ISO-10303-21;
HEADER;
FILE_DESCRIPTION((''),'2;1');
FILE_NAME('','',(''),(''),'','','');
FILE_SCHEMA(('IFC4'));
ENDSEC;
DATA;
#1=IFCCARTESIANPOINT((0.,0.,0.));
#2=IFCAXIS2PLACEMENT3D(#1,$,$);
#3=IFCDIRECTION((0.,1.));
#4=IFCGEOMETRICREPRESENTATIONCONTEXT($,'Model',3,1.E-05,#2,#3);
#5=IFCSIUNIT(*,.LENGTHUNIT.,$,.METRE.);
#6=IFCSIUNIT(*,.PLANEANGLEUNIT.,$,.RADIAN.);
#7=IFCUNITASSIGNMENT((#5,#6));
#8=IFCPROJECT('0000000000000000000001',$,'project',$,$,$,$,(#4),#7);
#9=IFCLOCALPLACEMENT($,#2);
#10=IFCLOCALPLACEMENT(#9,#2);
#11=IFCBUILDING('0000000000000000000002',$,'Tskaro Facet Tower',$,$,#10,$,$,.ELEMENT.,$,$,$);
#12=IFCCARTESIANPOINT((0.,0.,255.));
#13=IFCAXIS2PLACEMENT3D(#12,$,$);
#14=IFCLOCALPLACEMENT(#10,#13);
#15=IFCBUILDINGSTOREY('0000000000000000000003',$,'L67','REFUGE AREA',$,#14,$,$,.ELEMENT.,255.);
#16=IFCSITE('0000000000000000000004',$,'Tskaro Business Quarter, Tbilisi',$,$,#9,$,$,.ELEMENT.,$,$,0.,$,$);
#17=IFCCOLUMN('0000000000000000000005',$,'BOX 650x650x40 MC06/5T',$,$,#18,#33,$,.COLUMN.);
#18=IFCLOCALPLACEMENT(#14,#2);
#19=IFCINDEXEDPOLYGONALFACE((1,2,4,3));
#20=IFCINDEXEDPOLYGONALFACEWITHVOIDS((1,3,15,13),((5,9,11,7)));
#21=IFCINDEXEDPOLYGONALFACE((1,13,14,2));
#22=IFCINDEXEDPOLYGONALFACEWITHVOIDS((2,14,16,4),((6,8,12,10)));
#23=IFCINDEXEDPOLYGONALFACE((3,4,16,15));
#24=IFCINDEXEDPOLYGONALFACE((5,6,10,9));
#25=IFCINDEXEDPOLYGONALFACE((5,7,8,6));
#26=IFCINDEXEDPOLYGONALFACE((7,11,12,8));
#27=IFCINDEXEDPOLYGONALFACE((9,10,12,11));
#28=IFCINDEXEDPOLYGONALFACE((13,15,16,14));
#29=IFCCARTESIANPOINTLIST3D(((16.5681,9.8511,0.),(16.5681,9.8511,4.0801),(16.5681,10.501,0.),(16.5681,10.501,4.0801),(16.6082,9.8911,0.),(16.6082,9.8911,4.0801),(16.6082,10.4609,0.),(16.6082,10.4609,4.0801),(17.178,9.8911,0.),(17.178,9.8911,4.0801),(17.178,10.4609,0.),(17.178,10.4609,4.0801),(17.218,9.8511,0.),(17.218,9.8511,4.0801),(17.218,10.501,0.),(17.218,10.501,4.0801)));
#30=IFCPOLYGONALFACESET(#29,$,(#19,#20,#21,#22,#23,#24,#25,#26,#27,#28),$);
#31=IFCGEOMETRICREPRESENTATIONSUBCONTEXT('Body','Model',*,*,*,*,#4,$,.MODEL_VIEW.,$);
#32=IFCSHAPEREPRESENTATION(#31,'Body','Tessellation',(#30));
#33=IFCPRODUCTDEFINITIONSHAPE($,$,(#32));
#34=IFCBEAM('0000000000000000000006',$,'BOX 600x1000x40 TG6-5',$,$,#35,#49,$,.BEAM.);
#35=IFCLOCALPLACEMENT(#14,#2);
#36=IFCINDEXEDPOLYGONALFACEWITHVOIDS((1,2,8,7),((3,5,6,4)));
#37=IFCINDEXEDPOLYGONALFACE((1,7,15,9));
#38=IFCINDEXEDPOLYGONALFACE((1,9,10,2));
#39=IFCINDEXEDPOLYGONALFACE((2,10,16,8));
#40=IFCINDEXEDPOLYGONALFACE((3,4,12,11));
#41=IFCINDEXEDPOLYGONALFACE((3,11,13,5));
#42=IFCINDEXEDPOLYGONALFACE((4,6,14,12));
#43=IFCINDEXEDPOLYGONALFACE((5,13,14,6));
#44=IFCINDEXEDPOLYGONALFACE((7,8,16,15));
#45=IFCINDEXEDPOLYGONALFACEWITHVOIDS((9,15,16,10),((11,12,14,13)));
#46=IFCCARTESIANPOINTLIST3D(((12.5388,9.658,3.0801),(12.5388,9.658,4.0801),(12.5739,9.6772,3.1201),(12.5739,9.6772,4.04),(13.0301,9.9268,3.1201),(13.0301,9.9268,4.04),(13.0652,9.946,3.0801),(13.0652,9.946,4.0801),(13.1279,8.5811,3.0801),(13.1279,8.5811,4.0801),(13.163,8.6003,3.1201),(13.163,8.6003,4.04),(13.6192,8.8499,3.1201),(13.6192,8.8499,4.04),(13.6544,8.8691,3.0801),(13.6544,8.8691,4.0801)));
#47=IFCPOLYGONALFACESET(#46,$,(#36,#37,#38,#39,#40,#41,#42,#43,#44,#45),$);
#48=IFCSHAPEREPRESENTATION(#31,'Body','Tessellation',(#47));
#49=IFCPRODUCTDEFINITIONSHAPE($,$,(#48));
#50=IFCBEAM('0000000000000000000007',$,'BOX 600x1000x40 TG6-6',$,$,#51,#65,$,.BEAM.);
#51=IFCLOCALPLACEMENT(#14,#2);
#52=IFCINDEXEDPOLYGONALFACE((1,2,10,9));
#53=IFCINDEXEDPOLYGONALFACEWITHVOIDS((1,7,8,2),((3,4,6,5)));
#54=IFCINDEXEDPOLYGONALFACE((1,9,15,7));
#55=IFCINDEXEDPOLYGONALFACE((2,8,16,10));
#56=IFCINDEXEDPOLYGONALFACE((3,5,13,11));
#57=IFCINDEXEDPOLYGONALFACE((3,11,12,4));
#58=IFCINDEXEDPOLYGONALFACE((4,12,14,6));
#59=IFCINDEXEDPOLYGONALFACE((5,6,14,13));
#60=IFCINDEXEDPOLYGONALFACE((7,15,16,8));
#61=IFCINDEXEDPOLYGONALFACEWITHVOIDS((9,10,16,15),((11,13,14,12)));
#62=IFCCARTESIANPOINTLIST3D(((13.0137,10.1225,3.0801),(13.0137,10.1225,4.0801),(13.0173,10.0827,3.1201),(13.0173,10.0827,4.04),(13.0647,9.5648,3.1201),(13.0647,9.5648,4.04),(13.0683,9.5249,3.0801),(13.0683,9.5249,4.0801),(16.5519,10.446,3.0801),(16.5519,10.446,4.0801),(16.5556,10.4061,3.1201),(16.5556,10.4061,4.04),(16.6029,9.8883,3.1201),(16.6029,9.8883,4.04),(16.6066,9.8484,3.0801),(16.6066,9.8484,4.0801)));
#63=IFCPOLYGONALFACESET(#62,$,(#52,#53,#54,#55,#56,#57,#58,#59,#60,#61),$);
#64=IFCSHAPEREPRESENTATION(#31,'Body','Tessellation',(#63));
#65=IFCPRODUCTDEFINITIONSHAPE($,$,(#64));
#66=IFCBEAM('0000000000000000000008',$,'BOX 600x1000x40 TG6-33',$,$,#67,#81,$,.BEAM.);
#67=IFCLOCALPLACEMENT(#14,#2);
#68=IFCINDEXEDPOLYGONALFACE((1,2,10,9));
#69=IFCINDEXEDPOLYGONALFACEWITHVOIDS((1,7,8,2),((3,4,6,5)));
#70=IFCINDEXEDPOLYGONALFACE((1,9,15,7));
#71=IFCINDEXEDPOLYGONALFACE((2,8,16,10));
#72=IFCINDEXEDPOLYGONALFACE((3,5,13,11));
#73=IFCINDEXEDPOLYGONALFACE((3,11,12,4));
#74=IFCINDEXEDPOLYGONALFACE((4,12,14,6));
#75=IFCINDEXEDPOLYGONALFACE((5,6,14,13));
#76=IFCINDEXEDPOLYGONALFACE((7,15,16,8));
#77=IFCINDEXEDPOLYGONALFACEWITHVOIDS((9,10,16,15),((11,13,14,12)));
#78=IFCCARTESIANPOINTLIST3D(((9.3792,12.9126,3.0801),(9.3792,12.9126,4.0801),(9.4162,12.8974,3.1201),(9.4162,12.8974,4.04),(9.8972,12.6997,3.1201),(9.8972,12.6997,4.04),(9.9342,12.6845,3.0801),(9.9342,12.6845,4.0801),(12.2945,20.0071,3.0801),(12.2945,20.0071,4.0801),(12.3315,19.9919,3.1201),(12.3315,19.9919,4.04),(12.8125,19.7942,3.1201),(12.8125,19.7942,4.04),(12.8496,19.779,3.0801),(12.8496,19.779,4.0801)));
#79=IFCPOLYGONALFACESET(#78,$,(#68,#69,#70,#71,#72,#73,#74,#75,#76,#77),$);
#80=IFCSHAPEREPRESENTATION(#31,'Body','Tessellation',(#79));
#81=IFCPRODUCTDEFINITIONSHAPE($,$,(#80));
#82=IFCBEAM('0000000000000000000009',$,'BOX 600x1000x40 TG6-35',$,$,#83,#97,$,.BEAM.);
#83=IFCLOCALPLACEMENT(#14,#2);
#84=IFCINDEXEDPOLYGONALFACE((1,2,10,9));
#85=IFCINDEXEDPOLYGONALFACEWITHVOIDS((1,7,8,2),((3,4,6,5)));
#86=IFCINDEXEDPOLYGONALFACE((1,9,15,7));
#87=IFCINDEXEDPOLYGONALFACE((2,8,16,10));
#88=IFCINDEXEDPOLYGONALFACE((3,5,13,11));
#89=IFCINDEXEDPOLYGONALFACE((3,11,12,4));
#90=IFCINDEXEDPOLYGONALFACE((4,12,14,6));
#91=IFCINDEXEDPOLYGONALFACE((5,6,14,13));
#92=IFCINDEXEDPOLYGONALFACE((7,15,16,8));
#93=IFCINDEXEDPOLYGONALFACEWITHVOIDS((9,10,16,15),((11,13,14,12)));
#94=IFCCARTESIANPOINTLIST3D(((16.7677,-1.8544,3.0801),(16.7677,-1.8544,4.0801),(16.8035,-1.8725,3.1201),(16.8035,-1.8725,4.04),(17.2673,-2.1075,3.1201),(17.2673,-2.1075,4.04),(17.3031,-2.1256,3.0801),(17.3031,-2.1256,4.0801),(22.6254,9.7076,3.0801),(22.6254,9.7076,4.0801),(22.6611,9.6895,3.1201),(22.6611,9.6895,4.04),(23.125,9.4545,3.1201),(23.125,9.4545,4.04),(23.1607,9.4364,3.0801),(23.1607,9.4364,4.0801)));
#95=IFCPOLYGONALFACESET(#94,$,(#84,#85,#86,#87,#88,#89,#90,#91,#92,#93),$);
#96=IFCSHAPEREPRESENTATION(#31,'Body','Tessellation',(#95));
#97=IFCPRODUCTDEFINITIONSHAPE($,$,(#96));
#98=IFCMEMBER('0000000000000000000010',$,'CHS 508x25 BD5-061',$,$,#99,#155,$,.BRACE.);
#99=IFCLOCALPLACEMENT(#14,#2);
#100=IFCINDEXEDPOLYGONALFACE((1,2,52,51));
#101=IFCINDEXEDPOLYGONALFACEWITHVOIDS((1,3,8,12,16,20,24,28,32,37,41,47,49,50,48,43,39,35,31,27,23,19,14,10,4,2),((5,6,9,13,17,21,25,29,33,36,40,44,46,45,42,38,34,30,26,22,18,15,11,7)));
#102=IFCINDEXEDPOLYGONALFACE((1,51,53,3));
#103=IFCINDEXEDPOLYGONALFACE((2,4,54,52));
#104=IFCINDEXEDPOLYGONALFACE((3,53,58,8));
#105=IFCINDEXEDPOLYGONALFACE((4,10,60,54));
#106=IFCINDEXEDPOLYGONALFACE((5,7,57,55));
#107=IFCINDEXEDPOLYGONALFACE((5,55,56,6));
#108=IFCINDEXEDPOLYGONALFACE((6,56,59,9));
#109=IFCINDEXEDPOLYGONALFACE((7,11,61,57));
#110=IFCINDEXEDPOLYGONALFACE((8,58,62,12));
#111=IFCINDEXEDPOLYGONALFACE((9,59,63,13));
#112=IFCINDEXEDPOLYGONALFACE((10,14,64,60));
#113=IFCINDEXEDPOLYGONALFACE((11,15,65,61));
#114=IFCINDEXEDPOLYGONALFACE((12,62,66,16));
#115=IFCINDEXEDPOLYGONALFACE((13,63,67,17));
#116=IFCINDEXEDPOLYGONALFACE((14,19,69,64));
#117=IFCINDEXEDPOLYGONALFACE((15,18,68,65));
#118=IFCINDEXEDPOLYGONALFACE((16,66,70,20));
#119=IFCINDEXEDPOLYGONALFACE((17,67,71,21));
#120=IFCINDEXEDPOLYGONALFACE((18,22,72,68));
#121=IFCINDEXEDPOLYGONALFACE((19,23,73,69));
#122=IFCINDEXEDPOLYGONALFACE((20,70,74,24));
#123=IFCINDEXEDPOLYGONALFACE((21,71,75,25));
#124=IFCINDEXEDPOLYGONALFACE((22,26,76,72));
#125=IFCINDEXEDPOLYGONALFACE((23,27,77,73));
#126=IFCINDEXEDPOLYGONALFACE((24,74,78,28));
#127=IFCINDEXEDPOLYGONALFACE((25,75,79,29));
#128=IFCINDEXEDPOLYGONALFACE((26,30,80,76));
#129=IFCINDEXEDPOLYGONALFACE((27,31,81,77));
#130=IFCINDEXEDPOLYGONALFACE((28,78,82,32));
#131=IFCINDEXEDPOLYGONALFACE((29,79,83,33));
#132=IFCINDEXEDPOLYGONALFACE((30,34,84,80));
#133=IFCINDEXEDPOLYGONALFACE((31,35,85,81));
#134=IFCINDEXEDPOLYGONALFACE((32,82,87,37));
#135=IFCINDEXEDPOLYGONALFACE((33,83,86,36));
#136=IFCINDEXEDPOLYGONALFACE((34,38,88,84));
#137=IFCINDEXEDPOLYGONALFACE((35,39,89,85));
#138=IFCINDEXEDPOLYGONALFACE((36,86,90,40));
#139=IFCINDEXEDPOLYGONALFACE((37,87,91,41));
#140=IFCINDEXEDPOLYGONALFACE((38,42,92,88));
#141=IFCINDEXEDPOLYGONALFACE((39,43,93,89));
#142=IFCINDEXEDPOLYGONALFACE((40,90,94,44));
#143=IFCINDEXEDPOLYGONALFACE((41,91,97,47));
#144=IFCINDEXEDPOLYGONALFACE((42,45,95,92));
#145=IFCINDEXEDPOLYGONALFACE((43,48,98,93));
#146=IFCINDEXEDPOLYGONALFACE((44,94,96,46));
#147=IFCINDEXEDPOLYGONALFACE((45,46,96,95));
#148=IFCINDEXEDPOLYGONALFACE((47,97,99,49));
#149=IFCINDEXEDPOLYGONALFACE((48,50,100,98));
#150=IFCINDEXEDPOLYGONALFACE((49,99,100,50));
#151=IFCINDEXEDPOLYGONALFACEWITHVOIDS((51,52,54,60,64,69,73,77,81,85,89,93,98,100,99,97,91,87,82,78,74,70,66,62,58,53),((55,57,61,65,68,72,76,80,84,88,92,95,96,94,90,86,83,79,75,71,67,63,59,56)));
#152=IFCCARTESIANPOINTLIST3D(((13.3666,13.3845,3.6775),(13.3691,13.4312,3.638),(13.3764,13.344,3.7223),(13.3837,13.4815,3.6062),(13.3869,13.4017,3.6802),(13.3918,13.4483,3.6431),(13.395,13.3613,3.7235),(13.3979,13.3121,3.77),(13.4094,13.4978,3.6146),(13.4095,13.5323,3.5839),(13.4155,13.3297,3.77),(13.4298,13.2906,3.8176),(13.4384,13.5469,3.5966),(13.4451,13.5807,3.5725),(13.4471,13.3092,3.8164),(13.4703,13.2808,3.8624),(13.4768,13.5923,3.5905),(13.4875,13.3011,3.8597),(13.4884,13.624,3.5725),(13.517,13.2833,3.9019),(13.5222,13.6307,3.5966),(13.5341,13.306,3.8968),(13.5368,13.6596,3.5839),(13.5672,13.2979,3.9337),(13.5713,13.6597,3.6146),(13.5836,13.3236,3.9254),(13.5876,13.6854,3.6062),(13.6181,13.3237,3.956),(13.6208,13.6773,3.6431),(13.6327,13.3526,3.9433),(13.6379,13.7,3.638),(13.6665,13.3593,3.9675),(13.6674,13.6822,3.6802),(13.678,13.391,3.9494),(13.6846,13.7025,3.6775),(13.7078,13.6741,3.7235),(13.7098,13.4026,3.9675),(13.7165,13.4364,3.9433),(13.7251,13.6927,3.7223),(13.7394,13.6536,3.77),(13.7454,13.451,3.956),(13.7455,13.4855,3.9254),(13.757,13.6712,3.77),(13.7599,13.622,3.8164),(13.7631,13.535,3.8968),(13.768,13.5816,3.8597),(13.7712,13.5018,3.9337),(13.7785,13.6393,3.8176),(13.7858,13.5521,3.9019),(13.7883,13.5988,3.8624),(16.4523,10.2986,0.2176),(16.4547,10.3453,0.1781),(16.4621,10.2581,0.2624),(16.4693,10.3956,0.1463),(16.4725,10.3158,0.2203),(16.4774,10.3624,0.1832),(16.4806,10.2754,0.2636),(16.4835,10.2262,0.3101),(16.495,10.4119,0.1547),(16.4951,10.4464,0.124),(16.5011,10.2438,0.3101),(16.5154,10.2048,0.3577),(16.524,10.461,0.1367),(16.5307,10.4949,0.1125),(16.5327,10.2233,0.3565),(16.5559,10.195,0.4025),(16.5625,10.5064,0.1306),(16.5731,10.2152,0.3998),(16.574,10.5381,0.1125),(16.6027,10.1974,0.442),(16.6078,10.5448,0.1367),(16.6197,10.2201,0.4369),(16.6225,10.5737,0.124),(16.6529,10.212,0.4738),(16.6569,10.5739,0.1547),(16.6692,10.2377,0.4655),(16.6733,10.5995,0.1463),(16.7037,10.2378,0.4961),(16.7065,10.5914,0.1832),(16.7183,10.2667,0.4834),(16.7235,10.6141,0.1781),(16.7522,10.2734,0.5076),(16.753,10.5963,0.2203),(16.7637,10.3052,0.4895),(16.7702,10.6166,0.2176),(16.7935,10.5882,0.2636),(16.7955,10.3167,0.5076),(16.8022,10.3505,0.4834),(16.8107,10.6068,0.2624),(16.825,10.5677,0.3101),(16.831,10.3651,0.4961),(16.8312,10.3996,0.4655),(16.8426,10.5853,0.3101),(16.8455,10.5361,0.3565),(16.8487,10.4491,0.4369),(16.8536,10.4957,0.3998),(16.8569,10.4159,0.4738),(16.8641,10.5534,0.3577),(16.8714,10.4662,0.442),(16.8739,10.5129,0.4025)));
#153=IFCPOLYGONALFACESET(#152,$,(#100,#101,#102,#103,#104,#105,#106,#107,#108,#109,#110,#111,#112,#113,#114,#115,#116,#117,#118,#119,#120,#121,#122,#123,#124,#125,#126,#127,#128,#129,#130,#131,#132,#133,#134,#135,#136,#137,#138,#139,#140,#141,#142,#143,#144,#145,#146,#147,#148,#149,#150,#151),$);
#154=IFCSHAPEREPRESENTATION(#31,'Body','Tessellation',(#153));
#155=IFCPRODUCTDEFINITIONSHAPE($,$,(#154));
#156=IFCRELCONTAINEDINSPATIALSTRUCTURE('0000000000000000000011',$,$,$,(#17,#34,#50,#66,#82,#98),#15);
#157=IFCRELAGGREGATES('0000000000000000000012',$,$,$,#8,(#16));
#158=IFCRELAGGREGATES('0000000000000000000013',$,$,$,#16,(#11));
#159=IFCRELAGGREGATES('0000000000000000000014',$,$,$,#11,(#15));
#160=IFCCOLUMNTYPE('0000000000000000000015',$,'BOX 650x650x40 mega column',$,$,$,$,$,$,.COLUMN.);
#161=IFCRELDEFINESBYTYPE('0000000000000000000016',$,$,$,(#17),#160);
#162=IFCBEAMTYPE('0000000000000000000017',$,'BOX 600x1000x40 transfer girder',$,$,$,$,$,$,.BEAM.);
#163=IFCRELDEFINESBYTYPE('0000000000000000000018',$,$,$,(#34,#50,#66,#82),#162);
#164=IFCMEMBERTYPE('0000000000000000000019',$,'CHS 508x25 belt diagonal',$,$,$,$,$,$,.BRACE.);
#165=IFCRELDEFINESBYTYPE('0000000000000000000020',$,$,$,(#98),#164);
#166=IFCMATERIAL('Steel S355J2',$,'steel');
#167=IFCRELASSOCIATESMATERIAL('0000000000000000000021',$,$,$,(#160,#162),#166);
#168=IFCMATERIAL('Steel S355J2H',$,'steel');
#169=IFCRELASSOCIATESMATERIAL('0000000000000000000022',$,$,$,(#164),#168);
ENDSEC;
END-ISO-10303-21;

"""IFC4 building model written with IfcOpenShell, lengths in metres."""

from ifc_helpers import new_model, si_unit, direction, frame, origin, origin_2d, place, context, subcontext, project, spatial, hollow_rectangle, hollow_circle, extrude, material, material_profile, profile_set, type_object, element, save


model = new_model("IFC4")

# Units and contexts
model_context = context("Model", 3, precision=1e-05, world=origin(), true_north=direction((0.0, 1.0)))
body_context = subcontext(model_context, "Body", "Model", "MODEL_VIEW")
ifc_project = project(units=[si_unit("LENGTHUNIT", "METRE"), si_unit("PLANEANGLEUNIT", "RADIAN")], contexts=[model_context])

# Site, building, storey
site_placement = place(None, origin())
site = spatial("IfcSite", under=ifc_project, at=site_placement, Name="Tskaro Business Quarter, Tbilisi", CompositionType="ELEMENT", RefElevation=0.0)
building_placement = place(site_placement, origin())
building = spatial("IfcBuilding", under=site, at=building_placement, Name="Tskaro Facet Tower", CompositionType="ELEMENT")
storey_placement = place(building_placement, frame((0.0, 0.0, 255.0)))
storey = spatial("IfcBuildingStorey", under=building, at=storey_placement, Name="L67", Description="REFUGE AREA", CompositionType="ELEMENT", Elevation=255.0)

# Column
ifc_material_1 = material(Name="Steel S355J2", Category="steel")
ifc_material_profile_1 = material_profile(ifc_material_1, hollow_rectangle(XDim=0.6499, YDim=0.6499, WallThickness=0.04, at=origin_2d()), Name="BOX 650x650x40")
ifc_profile_set_1 = profile_set([ifc_material_profile_1], Name="Steel S355J2")
column_type = type_object("IfcColumnType", Name="BOX 650x650x40 mega column", PredefinedType="COLUMN", material=ifc_profile_set_1)
column_placement = place(storey_placement, frame((16.8931, 10.176, 0.0), z_axis=(0.0, 0.0, 1.0), x_axis=(1.0, 0.0, 0.0)))
element("IfcColumn", 1, at=column_placement, inside=storey, type_object=column_type, Name="BOX 650x650x40 MC06/5T", PredefinedType="COLUMN", context=body_context, shape_type="SweptSolid", body=[
    extrude(hollow_rectangle(XDim=0.6499, YDim=0.6499, WallThickness=0.04, at=origin_2d()), origin(), (0.0, 0.0, 1.0), 4.0801),
])

# Beams
ifc_material_profile_2 = material_profile(ifc_material_1, hollow_rectangle(XDim=0.6001, YDim=1.0, WallThickness=0.04, at=origin_2d()), Name="BOX 600x1000x40")
ifc_profile_set_2 = profile_set([ifc_material_profile_2], Name="Steel S355J2")
beam_type_1 = type_object("IfcBeamType", Name="BOX 600x1000x40 transfer girder", PredefinedType="BEAM", material=ifc_profile_set_2)
beam_1_placement = place(storey_placement, frame((12.802, 9.802, 3.5801), z_axis=(0.479925, -0.87731, 0.0), x_axis=(0.87731, 0.479925, 0.0)))
element("IfcBeam", 2, at=beam_1_placement, inside=storey, type_object=beam_type_1, Name="BOX 600x1000x40 TG6-5", PredefinedType="BEAM", context=body_context, shape_type="SweptSolid", body=[
    extrude(hollow_rectangle(XDim=0.6001, YDim=1.0, WallThickness=0.04, at=origin_2d()), origin(), (0.0, 0.0, 1.0), 1.2275),
])
beam_2_placement = place(storey_placement, frame((13.041, 9.8237, 3.5801), z_axis=(0.995847, 0.091044, 0.0), x_axis=(-0.091044, 0.995847, 0.0)))
element("IfcBeam", 3, at=beam_2_placement, inside=storey, type_object=beam_type_1, Name="BOX 600x1000x40 TG6-6", PredefinedType="BEAM", context=body_context, shape_type="SweptSolid", body=[
    extrude(hollow_rectangle(XDim=0.6001, YDim=1.0, WallThickness=0.04, at=origin_2d()), origin(), (0.0, 0.0, 1.0), 3.553),
])
beam_3_placement = place(storey_placement, frame((12.572, 19.8931, 3.5801), z_axis=(-0.380084, -0.924952, 0.0), x_axis=(0.924952, -0.380084, 0.0)))
element("IfcBeam", 4, at=beam_3_placement, inside=storey, type_object=beam_type_1, Name="BOX 600x1000x40 TG6-33", PredefinedType="BEAM", context=body_context, shape_type="SweptSolid", body=[
    extrude(hollow_rectangle(XDim=0.6001, YDim=1.0, WallThickness=0.04, at=origin_2d()), origin(), (0.0, 0.0, 1.0), 7.6702),
])
beam_4_placement = place(storey_placement, frame((22.8931, 9.572, 3.5801), z_axis=(-0.451939, -0.892049, 0.0), x_axis=(0.892049, -0.451939, 0.0)))
element("IfcBeam", 5, at=beam_4_placement, inside=storey, type_object=beam_type_1, Name="BOX 600x1000x40 TG6-35", PredefinedType="BEAM", context=body_context, shape_type="SweptSolid", body=[
    extrude(hollow_rectangle(XDim=0.6001, YDim=1.0, WallThickness=0.04, at=origin_2d()), origin(), (0.0, 0.0, 1.0), 12.9612),
])

# Member
ifc_material_2 = material(Name="Steel S355J2H", Category="steel")
ifc_material_profile_3 = material_profile(ifc_material_2, hollow_circle(Radius=0.2539, WallThickness=0.0249, at=origin_2d()), Name="CHS 508x25")
ifc_profile_set_3 = profile_set([ifc_material_profile_3], Name="Steel S355J2H")
member_type_1 = type_object("IfcMemberType", Name="CHS 508x25 belt diagonal", PredefinedType="BRACE", material=ifc_profile_set_3)
for number, where, z_axis, x_axis, name in (
    (6, (16.6631, 10.4058, 0.3101), (-0.554065, 0.554109, 0.621269), (-0.707135, -0.707079, 0.0), "CHS 508x25 BD5-061"),
):
    element("IfcMember", number, at=place(storey_placement, frame(where, z_axis=z_axis, x_axis=x_axis)), inside=storey, type_object=member_type_1, Name=name, PredefinedType="BRACE", context=body_context, shape_type="SweptSolid", body=[
        extrude(hollow_circle(Radius=0.2539, WallThickness=0.0249, at=origin_2d()), origin(), (0.0, 0.0, 1.0), 5.5691),
    ])

save(model, "model.ifc")
